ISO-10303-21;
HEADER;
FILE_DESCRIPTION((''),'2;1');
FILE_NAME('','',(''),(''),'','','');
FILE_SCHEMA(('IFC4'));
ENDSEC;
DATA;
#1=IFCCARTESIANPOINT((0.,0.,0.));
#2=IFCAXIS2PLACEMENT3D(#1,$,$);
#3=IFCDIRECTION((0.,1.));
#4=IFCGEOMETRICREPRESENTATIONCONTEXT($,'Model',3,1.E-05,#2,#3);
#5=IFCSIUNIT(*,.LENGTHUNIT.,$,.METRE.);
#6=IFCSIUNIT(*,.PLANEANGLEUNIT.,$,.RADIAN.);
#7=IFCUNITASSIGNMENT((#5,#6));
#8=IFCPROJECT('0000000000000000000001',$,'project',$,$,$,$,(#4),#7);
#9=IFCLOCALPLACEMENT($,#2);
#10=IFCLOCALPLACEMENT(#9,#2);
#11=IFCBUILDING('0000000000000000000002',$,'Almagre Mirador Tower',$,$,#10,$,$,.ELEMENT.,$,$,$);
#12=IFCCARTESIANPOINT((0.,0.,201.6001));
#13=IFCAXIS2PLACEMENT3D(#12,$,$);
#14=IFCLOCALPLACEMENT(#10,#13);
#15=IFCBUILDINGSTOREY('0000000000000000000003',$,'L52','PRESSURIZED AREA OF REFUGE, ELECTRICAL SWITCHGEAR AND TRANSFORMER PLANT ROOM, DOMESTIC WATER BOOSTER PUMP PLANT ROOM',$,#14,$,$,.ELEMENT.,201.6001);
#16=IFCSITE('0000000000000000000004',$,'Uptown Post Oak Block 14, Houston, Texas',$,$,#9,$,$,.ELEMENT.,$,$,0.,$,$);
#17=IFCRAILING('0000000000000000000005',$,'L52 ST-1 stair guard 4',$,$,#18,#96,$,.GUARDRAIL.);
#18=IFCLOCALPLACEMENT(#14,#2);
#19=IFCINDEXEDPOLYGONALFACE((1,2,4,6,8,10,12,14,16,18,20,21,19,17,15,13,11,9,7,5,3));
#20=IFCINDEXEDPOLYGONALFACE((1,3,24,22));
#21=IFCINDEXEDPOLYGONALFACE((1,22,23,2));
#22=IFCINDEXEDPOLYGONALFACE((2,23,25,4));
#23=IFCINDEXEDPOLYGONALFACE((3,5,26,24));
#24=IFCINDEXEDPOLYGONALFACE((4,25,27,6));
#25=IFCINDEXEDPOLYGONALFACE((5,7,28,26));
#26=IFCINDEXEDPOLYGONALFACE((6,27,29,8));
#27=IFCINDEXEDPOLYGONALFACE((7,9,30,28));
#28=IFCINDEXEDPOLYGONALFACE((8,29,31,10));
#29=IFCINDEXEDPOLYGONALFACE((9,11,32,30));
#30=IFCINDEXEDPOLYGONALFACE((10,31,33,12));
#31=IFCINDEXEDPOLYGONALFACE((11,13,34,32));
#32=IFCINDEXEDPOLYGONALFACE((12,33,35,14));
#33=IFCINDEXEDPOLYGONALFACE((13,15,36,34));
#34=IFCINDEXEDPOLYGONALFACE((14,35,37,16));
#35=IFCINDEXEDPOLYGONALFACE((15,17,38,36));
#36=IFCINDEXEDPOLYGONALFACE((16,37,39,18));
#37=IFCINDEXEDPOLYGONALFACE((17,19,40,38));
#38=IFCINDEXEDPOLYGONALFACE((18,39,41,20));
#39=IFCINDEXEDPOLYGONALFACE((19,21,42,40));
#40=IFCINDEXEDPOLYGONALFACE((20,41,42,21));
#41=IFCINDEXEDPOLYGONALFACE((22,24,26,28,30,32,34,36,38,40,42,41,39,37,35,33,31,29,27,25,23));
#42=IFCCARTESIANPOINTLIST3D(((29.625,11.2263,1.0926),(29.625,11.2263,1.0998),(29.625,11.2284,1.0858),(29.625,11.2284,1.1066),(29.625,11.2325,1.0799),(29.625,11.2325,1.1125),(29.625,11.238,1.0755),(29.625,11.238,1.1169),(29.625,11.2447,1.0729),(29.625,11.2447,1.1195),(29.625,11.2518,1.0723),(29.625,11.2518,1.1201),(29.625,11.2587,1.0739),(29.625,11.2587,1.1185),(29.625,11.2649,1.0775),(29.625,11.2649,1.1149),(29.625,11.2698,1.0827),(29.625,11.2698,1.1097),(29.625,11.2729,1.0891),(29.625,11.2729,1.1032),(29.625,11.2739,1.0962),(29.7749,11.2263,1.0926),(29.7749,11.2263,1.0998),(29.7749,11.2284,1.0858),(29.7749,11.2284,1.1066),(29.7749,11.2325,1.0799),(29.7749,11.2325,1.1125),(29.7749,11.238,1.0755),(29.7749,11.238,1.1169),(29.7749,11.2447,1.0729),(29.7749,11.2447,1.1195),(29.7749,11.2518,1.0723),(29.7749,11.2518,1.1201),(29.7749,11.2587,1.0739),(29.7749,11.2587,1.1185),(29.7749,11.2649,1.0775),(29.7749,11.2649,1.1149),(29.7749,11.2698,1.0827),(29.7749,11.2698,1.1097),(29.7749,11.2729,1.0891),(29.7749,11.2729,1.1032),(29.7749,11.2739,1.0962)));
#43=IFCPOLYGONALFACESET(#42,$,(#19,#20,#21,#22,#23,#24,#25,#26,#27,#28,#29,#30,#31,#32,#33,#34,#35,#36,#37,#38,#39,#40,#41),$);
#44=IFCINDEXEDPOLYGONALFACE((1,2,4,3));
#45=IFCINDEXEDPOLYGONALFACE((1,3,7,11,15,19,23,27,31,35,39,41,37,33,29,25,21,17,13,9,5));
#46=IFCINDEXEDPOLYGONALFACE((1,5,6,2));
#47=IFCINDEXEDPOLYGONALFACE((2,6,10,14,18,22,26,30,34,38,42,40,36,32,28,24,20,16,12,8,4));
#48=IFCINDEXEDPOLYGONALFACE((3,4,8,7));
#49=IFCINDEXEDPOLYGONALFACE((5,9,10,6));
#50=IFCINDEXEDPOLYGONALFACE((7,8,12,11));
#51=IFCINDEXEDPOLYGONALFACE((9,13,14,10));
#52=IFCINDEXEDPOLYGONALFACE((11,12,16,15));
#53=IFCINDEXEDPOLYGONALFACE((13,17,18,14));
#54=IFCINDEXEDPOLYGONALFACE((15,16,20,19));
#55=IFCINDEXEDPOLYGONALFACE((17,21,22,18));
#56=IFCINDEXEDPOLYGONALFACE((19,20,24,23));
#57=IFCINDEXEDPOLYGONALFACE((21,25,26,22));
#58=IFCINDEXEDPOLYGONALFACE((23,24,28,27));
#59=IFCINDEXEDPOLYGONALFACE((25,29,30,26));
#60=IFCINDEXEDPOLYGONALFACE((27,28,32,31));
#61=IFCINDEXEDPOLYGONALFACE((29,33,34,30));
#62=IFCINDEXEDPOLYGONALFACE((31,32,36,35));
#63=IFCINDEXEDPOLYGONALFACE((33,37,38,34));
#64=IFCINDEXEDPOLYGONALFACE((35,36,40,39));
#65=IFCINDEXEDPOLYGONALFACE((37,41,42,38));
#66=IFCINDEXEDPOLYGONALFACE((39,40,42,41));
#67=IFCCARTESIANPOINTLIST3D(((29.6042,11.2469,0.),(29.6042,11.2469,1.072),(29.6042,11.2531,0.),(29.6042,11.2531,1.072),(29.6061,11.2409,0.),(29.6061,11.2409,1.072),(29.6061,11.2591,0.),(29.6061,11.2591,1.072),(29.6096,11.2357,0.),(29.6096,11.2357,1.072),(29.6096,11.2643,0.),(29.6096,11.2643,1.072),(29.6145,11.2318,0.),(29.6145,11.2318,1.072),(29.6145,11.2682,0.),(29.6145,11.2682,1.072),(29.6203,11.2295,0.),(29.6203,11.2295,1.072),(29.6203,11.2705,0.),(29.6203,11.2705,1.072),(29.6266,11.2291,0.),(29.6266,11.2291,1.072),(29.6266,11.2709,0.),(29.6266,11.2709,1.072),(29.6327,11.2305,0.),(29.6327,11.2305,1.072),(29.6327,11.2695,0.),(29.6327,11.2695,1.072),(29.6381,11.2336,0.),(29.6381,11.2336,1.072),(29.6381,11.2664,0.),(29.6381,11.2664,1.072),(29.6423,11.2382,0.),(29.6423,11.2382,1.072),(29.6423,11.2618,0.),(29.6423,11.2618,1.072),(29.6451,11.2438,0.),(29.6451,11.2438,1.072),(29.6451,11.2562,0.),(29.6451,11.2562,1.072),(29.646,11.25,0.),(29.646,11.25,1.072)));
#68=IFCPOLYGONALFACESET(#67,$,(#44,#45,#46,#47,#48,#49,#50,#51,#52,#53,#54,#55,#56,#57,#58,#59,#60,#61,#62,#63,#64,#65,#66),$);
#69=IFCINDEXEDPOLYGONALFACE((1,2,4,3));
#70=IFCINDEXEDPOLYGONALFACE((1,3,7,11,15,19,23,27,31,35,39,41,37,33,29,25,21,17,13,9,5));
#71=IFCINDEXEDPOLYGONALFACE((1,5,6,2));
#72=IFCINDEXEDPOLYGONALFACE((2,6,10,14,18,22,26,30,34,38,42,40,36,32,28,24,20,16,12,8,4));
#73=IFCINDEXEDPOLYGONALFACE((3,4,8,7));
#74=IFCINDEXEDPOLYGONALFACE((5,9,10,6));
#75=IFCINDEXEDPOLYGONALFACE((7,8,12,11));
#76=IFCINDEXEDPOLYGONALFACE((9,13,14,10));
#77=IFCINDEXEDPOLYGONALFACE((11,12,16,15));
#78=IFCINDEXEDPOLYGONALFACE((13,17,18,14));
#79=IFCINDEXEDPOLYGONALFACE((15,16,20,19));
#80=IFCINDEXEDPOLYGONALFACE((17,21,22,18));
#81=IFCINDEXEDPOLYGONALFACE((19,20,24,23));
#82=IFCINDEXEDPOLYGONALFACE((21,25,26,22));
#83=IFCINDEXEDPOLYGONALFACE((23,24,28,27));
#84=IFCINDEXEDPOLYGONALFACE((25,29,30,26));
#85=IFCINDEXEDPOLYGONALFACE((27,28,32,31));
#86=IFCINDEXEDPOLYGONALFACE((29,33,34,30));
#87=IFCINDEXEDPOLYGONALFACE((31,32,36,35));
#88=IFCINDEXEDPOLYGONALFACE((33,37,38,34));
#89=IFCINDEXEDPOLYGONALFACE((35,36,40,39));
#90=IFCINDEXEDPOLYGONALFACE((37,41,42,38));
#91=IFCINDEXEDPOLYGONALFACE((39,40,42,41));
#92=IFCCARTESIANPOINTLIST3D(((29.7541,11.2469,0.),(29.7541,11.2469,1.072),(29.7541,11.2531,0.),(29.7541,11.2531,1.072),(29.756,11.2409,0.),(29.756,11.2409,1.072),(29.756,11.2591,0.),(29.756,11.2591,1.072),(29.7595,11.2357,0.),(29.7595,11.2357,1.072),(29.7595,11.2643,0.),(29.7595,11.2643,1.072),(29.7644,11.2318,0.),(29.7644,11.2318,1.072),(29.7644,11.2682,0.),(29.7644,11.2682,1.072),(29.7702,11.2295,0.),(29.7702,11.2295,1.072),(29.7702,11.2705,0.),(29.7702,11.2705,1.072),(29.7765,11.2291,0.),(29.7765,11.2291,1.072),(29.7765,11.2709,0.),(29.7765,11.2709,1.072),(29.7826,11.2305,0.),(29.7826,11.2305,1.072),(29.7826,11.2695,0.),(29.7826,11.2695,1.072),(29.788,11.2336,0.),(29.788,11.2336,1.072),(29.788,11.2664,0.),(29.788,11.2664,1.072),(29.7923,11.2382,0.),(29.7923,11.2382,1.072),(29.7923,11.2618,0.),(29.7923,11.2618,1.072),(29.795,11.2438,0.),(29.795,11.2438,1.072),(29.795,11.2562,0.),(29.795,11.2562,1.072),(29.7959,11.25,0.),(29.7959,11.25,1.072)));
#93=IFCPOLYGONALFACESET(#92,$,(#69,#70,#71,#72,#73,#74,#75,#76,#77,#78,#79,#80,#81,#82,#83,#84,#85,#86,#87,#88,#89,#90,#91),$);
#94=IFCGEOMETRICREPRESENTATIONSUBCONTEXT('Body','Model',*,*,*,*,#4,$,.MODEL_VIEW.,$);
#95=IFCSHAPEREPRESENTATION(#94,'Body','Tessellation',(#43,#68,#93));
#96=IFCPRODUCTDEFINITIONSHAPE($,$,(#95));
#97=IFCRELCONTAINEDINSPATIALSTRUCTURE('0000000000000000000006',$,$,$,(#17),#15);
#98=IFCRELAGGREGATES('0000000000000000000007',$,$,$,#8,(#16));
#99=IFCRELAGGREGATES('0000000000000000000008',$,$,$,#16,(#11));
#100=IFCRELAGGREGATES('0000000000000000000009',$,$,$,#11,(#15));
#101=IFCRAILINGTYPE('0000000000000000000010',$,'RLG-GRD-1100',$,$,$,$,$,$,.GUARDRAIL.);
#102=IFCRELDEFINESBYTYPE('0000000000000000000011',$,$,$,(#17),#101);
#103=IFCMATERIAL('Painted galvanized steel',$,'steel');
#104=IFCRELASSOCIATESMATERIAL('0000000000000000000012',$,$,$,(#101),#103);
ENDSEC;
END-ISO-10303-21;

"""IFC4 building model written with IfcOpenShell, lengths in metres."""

from ifc_helpers import new_model, si_unit, direction, frame, origin, origin_2d, place, context, subcontext, project, spatial, circle, extrude, material, type_object, element, save


model = new_model("IFC4")

# Units and contexts
model_context = context("Model", 3, precision=1e-05, world=origin(), true_north=direction((0.0, 1.0)))
body_context = subcontext(model_context, "Body", "Model", "MODEL_VIEW")
ifc_project = project(units=[si_unit("LENGTHUNIT", "METRE"), si_unit("PLANEANGLEUNIT", "RADIAN")], contexts=[model_context])

# Site, building, storey
site_placement = place(None, origin())
site = spatial("IfcSite", under=ifc_project, at=site_placement, Name="Uptown Post Oak Block 14, Houston, Texas", CompositionType="ELEMENT", RefElevation=0.0)
building_placement = place(site_placement, origin())
building = spatial("IfcBuilding", under=site, at=building_placement, Name="Almagre Mirador Tower", CompositionType="ELEMENT")
storey_placement = place(building_placement, frame((0.0, 0.0, 201.6001)))
storey = spatial("IfcBuildingStorey", under=building, at=storey_placement, Name="L52", Description="PRESSURIZED AREA OF REFUGE, ELECTRICAL SWITCHGEAR AND TRANSFORMER PLANT ROOM, DOMESTIC WATER BOOSTER PUMP PLANT ROOM", CompositionType="ELEMENT", Elevation=201.6001)

# Railing
ifc_material_1 = material(Name="Painted galvanized steel", Category="steel")
railing_type_1 = type_object("IfcRailingType", Name="RLG-GRD-1100", PredefinedType="GUARDRAIL", material=ifc_material_1)
railing_1_placement = place(storey_placement, frame((29.625, 11.25, 0.0)))
element("IfcRailing", 1, at=railing_1_placement, inside=storey, type_object=railing_type_1, Name="L52 ST-1 stair guard 4", PredefinedType="GUARDRAIL", context=body_context, shape_type="SweptSolid", body=[
    extrude(circle(Radius=0.0239, at=origin_2d()), frame((0.0, 0.0, 1.0962), z_axis=(1.0, 0.0, 0.0), x_axis=(0.0, 1.0, 0.0)), (0.0, 0.0, 1.0), 0.1499),
    extrude(circle(Radius=0.021, at=origin_2d()), origin(), (0.0, 0.0, 1.0), 1.072),
    extrude(circle(Radius=0.021, at=origin_2d()), frame((0.1499, 0.0, 0.0)), (0.0, 0.0, 1.0), 1.072),
])

save(model, "model.ifc")
